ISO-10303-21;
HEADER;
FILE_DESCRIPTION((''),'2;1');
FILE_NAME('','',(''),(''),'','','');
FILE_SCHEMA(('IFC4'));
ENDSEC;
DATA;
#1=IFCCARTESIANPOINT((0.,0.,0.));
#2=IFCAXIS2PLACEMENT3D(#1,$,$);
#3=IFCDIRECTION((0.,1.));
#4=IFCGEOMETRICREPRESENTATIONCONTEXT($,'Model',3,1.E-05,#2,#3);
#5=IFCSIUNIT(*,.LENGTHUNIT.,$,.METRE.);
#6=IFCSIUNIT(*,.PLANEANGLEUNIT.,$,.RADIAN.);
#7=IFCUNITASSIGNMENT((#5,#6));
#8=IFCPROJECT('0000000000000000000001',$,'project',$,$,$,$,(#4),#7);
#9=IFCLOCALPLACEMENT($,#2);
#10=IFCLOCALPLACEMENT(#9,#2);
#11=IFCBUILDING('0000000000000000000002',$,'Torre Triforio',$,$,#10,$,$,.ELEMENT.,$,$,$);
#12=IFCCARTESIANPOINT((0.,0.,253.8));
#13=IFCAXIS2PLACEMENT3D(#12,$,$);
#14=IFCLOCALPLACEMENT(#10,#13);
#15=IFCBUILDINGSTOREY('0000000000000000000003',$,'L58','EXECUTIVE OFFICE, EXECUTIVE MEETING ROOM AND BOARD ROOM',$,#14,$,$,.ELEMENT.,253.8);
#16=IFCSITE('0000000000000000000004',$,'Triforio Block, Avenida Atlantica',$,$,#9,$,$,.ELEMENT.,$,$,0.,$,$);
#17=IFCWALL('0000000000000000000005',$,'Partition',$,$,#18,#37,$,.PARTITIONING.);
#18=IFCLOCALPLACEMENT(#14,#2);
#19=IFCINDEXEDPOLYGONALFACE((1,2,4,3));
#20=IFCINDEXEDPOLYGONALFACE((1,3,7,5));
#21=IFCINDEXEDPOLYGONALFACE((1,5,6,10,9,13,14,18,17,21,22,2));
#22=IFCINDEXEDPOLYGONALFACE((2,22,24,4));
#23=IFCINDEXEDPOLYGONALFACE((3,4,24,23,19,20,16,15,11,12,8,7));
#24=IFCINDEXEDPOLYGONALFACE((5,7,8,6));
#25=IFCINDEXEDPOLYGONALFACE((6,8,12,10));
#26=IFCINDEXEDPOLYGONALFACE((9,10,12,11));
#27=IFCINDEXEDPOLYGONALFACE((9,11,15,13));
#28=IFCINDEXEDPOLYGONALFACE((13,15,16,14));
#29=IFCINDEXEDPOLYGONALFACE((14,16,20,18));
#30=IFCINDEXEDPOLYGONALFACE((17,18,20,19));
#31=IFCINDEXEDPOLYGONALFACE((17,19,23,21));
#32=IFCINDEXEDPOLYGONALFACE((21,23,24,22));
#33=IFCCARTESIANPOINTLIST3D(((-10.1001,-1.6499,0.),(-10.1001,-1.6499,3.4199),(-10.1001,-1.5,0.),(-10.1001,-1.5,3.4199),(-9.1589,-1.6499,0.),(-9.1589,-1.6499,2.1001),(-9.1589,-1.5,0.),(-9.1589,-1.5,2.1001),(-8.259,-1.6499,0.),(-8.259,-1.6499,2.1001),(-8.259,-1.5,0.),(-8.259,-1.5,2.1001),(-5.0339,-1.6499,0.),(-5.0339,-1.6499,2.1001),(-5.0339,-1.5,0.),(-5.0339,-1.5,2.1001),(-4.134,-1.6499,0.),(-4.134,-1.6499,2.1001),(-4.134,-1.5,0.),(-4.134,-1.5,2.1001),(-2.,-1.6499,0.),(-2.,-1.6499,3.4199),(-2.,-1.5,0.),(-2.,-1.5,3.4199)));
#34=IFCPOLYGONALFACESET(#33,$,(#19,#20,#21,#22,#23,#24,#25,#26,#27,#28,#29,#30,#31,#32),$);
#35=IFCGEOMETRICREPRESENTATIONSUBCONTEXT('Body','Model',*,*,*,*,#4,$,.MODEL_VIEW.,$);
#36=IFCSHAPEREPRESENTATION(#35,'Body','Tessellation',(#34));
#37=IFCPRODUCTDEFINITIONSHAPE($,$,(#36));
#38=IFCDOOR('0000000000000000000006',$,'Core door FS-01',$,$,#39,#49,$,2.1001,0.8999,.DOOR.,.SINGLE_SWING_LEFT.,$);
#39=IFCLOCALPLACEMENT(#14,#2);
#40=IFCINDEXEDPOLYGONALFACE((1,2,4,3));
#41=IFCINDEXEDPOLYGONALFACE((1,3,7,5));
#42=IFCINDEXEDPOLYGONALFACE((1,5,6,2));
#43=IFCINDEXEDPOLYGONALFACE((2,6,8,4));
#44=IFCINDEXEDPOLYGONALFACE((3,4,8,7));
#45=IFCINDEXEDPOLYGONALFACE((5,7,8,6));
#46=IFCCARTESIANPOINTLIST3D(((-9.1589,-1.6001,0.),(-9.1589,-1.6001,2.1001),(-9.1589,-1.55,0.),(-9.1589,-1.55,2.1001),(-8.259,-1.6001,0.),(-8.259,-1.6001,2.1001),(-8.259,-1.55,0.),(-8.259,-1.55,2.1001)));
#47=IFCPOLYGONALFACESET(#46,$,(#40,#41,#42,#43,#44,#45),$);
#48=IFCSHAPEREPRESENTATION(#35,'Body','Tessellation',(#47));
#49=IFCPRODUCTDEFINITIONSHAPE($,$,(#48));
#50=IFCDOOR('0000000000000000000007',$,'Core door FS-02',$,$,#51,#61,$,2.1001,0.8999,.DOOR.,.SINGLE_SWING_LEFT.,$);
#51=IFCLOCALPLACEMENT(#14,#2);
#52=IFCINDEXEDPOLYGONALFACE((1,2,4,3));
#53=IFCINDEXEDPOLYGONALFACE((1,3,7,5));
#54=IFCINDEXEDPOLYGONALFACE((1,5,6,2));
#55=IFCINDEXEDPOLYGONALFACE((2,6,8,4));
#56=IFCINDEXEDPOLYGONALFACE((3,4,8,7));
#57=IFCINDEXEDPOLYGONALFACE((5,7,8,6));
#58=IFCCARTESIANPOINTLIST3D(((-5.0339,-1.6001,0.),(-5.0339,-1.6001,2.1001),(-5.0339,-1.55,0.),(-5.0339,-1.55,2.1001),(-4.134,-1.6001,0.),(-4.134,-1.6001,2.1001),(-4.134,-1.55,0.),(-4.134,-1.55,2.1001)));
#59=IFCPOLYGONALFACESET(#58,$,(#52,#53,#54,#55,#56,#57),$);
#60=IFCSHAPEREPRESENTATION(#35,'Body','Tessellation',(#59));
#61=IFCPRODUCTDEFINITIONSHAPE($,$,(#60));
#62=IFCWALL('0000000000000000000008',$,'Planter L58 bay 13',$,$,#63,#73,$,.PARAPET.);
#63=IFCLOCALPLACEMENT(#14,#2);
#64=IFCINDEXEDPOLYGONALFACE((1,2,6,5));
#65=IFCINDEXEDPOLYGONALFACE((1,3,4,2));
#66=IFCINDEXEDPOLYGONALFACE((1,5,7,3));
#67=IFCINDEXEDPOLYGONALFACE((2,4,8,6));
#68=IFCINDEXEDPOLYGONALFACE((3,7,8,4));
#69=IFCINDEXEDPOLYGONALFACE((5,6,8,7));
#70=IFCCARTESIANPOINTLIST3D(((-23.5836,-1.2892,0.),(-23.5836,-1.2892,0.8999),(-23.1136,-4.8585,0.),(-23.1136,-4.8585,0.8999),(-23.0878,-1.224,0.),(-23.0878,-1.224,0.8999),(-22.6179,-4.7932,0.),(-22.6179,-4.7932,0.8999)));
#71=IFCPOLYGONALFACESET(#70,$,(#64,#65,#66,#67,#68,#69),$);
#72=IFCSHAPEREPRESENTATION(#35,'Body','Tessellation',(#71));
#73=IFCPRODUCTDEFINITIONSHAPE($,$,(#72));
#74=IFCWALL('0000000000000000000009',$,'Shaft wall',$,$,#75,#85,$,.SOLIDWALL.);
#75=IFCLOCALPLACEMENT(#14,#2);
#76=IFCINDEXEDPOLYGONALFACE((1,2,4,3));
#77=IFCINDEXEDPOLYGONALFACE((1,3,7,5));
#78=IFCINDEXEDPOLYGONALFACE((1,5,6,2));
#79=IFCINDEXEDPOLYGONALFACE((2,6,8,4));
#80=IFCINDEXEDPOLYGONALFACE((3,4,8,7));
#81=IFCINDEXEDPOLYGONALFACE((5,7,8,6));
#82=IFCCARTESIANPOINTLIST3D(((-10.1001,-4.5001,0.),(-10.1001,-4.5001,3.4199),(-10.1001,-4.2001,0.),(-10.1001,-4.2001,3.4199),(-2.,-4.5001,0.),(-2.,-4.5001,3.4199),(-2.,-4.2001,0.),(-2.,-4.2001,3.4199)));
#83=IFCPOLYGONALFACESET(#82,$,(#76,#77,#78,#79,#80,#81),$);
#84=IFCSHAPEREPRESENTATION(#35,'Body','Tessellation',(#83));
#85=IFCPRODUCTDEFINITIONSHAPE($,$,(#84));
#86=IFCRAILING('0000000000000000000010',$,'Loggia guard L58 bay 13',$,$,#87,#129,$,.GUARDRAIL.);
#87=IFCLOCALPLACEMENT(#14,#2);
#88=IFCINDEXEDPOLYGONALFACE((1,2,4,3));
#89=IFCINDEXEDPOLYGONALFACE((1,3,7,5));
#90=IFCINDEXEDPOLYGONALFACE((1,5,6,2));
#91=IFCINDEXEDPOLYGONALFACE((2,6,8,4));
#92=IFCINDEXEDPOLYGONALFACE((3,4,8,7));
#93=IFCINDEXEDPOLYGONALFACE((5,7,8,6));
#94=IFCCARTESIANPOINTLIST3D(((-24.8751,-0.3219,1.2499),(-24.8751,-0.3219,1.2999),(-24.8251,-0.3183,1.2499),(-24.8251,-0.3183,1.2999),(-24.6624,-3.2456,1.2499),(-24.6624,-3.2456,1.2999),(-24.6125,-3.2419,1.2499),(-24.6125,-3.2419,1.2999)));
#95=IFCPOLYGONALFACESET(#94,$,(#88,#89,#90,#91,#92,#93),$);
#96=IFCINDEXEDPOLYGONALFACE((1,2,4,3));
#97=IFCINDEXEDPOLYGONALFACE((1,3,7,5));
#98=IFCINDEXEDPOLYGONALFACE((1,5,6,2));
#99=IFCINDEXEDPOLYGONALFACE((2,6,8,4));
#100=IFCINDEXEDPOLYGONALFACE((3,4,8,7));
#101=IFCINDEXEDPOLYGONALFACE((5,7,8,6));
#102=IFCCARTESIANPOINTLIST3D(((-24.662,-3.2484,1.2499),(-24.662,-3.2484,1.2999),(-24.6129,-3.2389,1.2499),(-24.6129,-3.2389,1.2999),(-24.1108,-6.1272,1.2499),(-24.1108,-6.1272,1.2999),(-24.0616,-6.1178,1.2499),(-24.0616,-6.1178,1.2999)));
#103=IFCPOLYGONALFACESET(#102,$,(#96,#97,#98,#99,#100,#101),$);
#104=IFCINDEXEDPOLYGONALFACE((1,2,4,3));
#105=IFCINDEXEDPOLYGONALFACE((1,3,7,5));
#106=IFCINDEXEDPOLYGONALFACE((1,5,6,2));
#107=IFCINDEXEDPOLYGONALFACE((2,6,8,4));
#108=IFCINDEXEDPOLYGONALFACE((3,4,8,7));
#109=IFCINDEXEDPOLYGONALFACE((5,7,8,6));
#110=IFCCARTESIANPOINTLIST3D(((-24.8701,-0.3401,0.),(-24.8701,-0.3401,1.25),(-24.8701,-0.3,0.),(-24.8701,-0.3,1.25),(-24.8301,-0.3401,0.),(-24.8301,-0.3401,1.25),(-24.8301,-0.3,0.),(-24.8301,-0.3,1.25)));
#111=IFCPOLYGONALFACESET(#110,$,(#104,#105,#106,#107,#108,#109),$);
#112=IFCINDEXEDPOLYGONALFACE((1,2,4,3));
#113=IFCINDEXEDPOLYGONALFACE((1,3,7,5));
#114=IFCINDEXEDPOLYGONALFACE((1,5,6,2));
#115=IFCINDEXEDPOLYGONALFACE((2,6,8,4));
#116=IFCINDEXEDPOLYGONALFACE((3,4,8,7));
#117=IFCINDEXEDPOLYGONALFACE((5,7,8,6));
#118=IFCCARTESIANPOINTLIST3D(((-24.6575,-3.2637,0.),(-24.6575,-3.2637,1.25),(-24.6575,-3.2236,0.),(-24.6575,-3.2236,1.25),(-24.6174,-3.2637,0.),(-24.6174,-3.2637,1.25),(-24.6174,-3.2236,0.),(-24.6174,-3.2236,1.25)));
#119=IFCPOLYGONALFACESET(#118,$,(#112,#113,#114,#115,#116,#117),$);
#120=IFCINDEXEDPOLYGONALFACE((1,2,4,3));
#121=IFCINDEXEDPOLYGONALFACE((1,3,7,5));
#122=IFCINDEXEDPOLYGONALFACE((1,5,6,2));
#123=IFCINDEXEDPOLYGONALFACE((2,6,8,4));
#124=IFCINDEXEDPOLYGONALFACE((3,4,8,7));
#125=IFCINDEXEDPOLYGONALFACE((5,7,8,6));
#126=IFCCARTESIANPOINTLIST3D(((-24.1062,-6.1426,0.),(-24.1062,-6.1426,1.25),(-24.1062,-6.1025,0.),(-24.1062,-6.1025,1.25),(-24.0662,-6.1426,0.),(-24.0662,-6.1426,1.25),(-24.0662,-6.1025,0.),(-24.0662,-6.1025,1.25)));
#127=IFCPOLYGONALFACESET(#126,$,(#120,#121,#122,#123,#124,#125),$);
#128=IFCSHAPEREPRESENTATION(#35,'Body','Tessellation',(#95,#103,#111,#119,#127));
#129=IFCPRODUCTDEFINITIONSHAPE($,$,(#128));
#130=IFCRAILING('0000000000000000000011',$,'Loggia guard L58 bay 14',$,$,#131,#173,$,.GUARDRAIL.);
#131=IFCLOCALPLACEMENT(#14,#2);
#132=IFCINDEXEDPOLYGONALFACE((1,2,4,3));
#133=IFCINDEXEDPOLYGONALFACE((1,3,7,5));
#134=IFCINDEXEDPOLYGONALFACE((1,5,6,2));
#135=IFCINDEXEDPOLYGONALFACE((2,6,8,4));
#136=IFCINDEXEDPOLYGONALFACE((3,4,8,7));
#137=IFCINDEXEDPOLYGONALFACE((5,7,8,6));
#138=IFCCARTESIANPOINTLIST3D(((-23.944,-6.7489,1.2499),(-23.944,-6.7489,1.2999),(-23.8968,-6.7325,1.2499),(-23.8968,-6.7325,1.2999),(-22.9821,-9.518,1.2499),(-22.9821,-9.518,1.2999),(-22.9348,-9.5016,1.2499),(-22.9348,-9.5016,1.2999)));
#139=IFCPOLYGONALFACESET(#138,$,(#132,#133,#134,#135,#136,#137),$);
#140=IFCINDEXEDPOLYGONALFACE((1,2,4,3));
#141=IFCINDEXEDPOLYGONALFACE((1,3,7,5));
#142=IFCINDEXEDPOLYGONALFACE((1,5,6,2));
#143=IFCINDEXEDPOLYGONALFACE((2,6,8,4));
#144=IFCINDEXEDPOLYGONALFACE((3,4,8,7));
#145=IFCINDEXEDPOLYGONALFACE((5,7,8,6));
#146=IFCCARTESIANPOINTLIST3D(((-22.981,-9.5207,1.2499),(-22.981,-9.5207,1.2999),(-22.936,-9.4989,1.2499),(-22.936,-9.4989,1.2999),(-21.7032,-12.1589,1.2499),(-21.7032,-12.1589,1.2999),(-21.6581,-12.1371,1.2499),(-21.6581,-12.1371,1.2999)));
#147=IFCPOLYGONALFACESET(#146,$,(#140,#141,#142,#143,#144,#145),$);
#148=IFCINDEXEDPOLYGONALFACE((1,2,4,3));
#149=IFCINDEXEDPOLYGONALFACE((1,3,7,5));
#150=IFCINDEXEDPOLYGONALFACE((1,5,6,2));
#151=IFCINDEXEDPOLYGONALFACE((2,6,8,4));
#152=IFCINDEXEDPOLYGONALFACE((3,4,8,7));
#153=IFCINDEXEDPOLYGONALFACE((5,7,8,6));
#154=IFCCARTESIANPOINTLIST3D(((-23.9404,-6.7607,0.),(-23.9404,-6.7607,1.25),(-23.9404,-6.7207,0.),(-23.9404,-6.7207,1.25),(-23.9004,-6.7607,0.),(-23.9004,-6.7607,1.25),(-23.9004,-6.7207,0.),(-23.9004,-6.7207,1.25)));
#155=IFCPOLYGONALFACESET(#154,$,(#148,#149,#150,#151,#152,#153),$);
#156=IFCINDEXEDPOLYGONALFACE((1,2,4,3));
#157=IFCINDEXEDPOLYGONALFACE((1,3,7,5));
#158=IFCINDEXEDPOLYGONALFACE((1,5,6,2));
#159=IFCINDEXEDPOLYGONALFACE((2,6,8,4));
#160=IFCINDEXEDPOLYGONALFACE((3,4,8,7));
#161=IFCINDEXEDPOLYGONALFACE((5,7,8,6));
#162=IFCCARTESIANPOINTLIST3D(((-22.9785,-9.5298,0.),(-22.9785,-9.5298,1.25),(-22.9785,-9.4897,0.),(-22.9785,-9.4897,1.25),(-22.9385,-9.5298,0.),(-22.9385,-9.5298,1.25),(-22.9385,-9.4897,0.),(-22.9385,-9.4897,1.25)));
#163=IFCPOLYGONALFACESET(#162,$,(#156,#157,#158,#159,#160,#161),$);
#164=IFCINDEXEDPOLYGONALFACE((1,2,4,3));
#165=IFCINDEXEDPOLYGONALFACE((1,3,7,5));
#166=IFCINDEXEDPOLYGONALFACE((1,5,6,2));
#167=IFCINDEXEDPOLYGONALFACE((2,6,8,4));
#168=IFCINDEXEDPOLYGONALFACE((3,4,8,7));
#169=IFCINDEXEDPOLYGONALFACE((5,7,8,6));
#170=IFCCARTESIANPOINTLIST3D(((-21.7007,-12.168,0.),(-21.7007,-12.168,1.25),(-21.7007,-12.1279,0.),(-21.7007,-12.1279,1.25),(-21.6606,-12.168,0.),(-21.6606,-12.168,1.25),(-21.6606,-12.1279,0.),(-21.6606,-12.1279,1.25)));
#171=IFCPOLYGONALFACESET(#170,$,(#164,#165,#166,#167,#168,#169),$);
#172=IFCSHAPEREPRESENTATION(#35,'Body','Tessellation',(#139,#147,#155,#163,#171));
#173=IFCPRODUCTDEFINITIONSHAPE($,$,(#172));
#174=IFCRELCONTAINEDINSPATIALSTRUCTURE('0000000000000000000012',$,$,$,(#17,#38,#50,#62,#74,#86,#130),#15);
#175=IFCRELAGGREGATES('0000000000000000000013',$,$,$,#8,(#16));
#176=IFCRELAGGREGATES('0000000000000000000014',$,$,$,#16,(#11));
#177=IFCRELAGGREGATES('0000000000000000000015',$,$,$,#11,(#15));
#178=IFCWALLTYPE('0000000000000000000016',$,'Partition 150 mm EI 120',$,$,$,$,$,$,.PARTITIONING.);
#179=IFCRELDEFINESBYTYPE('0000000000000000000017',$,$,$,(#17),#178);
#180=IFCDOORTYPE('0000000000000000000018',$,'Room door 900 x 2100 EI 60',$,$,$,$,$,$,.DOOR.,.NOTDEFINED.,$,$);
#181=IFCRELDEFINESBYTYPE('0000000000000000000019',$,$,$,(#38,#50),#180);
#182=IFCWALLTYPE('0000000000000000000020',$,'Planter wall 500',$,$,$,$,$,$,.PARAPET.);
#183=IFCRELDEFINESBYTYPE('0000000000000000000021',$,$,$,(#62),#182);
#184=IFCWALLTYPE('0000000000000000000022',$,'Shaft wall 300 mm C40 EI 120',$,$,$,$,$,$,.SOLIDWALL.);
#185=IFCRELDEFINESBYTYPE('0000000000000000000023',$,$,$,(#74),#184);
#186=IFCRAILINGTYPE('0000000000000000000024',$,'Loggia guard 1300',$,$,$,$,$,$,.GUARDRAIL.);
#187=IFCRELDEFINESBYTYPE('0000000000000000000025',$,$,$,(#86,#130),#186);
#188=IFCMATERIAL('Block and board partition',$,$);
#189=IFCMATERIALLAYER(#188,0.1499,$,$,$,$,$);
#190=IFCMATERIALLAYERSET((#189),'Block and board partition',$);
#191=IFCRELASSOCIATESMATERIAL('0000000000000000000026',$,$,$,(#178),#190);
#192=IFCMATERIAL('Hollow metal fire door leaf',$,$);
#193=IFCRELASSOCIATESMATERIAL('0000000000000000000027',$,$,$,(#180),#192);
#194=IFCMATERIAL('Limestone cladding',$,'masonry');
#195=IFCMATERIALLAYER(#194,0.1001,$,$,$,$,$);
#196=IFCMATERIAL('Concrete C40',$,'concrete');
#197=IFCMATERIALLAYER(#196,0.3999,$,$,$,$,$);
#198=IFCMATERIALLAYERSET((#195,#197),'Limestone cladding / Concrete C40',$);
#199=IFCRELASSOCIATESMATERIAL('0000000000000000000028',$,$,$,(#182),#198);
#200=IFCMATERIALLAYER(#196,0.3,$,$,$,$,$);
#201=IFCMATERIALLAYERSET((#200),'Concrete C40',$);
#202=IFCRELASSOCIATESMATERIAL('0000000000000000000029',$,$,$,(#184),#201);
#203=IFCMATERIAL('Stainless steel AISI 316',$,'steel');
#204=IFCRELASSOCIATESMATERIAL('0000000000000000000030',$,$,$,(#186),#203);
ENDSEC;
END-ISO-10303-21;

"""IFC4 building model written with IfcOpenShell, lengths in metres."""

from ifc_helpers import new_model, si_unit, direction, frame, frame_2d, origin, origin_2d, place, context, subcontext, project, spatial, rectangle, extrude, material, layer, layer_set, type_object, element, fill, save


model = new_model("IFC4")

# Units and contexts
model_context = context("Model", 3, precision=1e-05, world=origin(), true_north=direction((0.0, 1.0)))
body_context = subcontext(model_context, "Body", "Model", "MODEL_VIEW")
ifc_project = project(units=[si_unit("LENGTHUNIT", "METRE"), si_unit("PLANEANGLEUNIT", "RADIAN")], contexts=[model_context])

# Site, building, storey
site_placement = place(None, origin())
site = spatial("IfcSite", under=ifc_project, at=site_placement, Name="Triforio Block, Avenida Atlantica", CompositionType="ELEMENT", RefElevation=0.0)
building_placement = place(site_placement, origin())
building = spatial("IfcBuilding", under=site, at=building_placement, Name="Torre Triforio", CompositionType="ELEMENT")
storey_placement = place(building_placement, frame((0.0, 0.0, 253.8)))
storey = spatial("IfcBuildingStorey", under=building, at=storey_placement, Name="L58", Description="EXECUTIVE OFFICE, EXECUTIVE MEETING ROOM AND BOARD ROOM", CompositionType="ELEMENT", Elevation=253.8)

# Shared definitions
ifc_material_1 = material(Name="Concrete C40", Category="concrete")

# Shared definitions
ifc_material_2 = material(Name="Hollow metal fire door leaf")

# Wall, openings, doors
ifc_material_3 = material(Name="Block and board partition")
ifc_layer_1 = layer(ifc_material_3, 0.1499)
ifc_layer_set_1 = layer_set([ifc_layer_1], Name="Block and board partition")
wall_type_1 = type_object("IfcWallType", Name="Partition 150 mm EI 120", PredefinedType="PARTITIONING", material=ifc_layer_set_1)
wall_1_placement = place(storey_placement, frame((-10.1001, -1.575, 0.0), z_axis=(0.0, 0.0, 1.0), x_axis=(1.0, 0.0, 0.0)))
wall_1 = element("IfcWall", 1, at=wall_1_placement, inside=storey, type_object=wall_type_1, Name="Partition", PredefinedType="PARTITIONING", context=body_context, shape_type="SweptSolid", body=[
    extrude(rectangle(XDim=8.1001, YDim=0.1499, at=frame_2d((4.05, 0.0))), origin(), (0.0, 0.0, 1.0), 3.4199),
])
opening_1_placement = place(wall_1_placement, frame((0.9412, 0.0, 0.0)))
opening_1 = element("IfcOpeningElement", 2, at=opening_1_placement, cuts=wall_1, PredefinedType="OPENING", context=body_context, shape_type="SweptSolid", body=[
    extrude(rectangle(XDim=0.8999, YDim=2.1001, at=frame_2d((0.45, 1.05))), frame((0.0, 0.085, 0.0), z_axis=(0.0, -1.0, 0.0), x_axis=(1.0, 0.0, 0.0)), (0.0, 0.0, 1.0), 0.1699),
])
opening_2_placement = place(wall_1_placement, frame((5.0662, 0.0, 0.0)))
opening_2 = element("IfcOpeningElement", 3, at=opening_2_placement, cuts=wall_1, PredefinedType="OPENING", context=body_context, shape_type="SweptSolid", body=[
    extrude(rectangle(XDim=0.8999, YDim=2.1001, at=frame_2d((0.45, 1.05))), frame((0.0, 0.085, 0.0), z_axis=(0.0, -1.0, 0.0), x_axis=(1.0, 0.0, 0.0)), (0.0, 0.0, 1.0), 0.1699),
])
door_type_1 = type_object("IfcDoorType", Name="Room door 900 x 2100 EI 60", OperationType="NOTDEFINED", PredefinedType="DOOR", material=ifc_material_2)
door_1_placement = place(opening_1_placement, origin())
door_1 = element("IfcDoor", 4, at=door_1_placement, inside=storey, type_object=door_type_1, Name="Core door FS-01", OperationType="SINGLE_SWING_LEFT", OverallHeight=2.1001, OverallWidth=0.8999, PredefinedType="DOOR", context=body_context, shape_type="SweptSolid", body=[
    extrude(rectangle(XDim=0.8999, YDim=2.1001, at=frame_2d((0.45, 1.05))), frame((0.0, 0.0249, 0.0), z_axis=(0.0, -1.0, 0.0), x_axis=(1.0, 0.0, 0.0)), (0.0, 0.0, 1.0), 0.05),
])
fill(opening_1, door_1)
door_2_placement = place(opening_2_placement, origin())
door_2 = element("IfcDoor", 5, at=door_2_placement, inside=storey, type_object=door_type_1, Name="Core door FS-02", OperationType="SINGLE_SWING_LEFT", OverallHeight=2.1001, OverallWidth=0.8999, PredefinedType="DOOR", context=body_context, shape_type="SweptSolid", body=[
    extrude(rectangle(XDim=0.8999, YDim=2.1001, at=frame_2d((0.45, 1.05))), frame((0.0, 0.0249, 0.0), z_axis=(0.0, -1.0, 0.0), x_axis=(1.0, 0.0, 0.0)), (0.0, 0.0, 1.0), 0.05),
])
fill(opening_2, door_2)

# Walls
ifc_material_4 = material(Name="Limestone cladding", Category="masonry")
ifc_layer_2 = layer(ifc_material_4, 0.1001)
ifc_layer_3 = layer(ifc_material_1, 0.3999)
ifc_layer_set_2 = layer_set([ifc_layer_2, ifc_layer_3], Name="Limestone cladding / Concrete C40")
wall_type_2 = type_object("IfcWallType", Name="Planter wall 500", PredefinedType="PARAPET", material=ifc_layer_set_2)
wall_2_placement = place(storey_placement, frame((-23.3357, -1.2566, 0.0), z_axis=(0.0, 0.0, 1.0), x_axis=(0.130542, -0.991443, 0.0)))
element("IfcWall", 6, at=wall_2_placement, inside=storey, type_object=wall_type_2, Name="Planter L58 bay 13", PredefinedType="PARAPET", context=body_context, shape_type="SweptSolid", body=[
    extrude(rectangle(XDim=3.6001, YDim=0.5, at=frame_2d((1.8, 0.0))), origin(), (0.0, 0.0, 1.0), 0.8999),
])
ifc_layer_4 = layer(ifc_material_1, 0.3)
ifc_layer_set_3 = layer_set([ifc_layer_4], Name="Concrete C40")
wall_type_3 = type_object("IfcWallType", Name="Shaft wall 300 mm C40 EI 120", PredefinedType="SOLIDWALL", material=ifc_layer_set_3)
wall_3_placement = place(storey_placement, frame((-10.1001, -4.3501, 0.0), z_axis=(0.0, 0.0, 1.0), x_axis=(1.0, 0.0, 0.0)))
element("IfcWall", 7, at=wall_3_placement, inside=storey, type_object=wall_type_3, Name="Shaft wall", PredefinedType="SOLIDWALL", context=body_context, shape_type="SweptSolid", body=[
    extrude(rectangle(XDim=8.1001, YDim=0.3, at=frame_2d((4.05, 0.0))), origin(), (0.0, 0.0, 1.0), 3.4199),
])

# Railings
ifc_material_5 = material(Name="Stainless steel AISI 316", Category="steel")
railing_type = type_object("IfcRailingType", Name="Loggia guard 1300", PredefinedType="GUARDRAIL", material=ifc_material_5)
railing_1_placement = place(storey_placement, frame((-24.8501, -0.3201, 0.0)))
element("IfcRailing", 8, at=railing_1_placement, inside=storey, type_object=railing_type, Name="Loggia guard L58 bay 13", PredefinedType="GUARDRAIL", context=body_context, shape_type="SweptSolid", body=[
    extrude(rectangle(XDim=0.05, YDim=0.05, at=origin_2d()), frame((0.0, 0.0, 1.2749), z_axis=(0.072543, -0.997365, 0.0), x_axis=(0.997365, 0.072543, 0.0)), (0.0, 0.0, 1.0), 2.9314),
    extrude(rectangle(XDim=0.05, YDim=0.05, at=origin_2d()), frame((0.2126, -2.9236, 1.2749), z_axis=(0.188069, -0.982156, 0.0), x_axis=(0.982156, 0.188069, 0.0)), (0.0, 0.0, 1.0), 2.9312),
    extrude(rectangle(XDim=0.04, YDim=0.04, at=origin_2d()), origin(), (0.0, 0.0, 1.0), 1.25),
    extrude(rectangle(XDim=0.04, YDim=0.04, at=origin_2d()), frame((0.2126, -2.9236, 0.0)), (0.0, 0.0, 1.0), 1.25),
    extrude(rectangle(XDim=0.04, YDim=0.04, at=origin_2d()), frame((0.7639, -5.8025, 0.0)), (0.0, 0.0, 1.0), 1.25),
])
railing_2_placement = place(storey_placement, frame((-23.9204, -6.7407, 0.0)))
element("IfcRailing", 9, at=railing_2_placement, inside=storey, type_object=railing_type, Name="Loggia guard L58 bay 14", PredefinedType="GUARDRAIL", context=body_context, shape_type="SweptSolid", body=[
    extrude(rectangle(XDim=0.05, YDim=0.05, at=origin_2d()), frame((0.0, 0.0, 1.2749), z_axis=(0.328146, -0.944627, 0.0), x_axis=(0.944627, 0.328146, 0.0)), (0.0, 0.0, 1.0), 2.9314),
    extrude(rectangle(XDim=0.05, YDim=0.05, at=origin_2d()), frame((0.9619, -2.769, 1.2749), z_axis=(0.435918, -0.899986, 0.0), x_axis=(0.899986, 0.435918, 0.0)), (0.0, 0.0, 1.0), 2.9314),
    extrude(rectangle(XDim=0.04, YDim=0.04, at=origin_2d()), origin(), (0.0, 0.0, 1.0), 1.25),
    extrude(rectangle(XDim=0.04, YDim=0.04, at=origin_2d()), frame((0.9619, -2.769, 0.0)), (0.0, 0.0, 1.0), 1.25),
    extrude(rectangle(XDim=0.04, YDim=0.04, at=origin_2d()), frame((2.2397, -5.4072, 0.0)), (0.0, 0.0, 1.0), 1.25),
])

save(model, "model.ifc")
